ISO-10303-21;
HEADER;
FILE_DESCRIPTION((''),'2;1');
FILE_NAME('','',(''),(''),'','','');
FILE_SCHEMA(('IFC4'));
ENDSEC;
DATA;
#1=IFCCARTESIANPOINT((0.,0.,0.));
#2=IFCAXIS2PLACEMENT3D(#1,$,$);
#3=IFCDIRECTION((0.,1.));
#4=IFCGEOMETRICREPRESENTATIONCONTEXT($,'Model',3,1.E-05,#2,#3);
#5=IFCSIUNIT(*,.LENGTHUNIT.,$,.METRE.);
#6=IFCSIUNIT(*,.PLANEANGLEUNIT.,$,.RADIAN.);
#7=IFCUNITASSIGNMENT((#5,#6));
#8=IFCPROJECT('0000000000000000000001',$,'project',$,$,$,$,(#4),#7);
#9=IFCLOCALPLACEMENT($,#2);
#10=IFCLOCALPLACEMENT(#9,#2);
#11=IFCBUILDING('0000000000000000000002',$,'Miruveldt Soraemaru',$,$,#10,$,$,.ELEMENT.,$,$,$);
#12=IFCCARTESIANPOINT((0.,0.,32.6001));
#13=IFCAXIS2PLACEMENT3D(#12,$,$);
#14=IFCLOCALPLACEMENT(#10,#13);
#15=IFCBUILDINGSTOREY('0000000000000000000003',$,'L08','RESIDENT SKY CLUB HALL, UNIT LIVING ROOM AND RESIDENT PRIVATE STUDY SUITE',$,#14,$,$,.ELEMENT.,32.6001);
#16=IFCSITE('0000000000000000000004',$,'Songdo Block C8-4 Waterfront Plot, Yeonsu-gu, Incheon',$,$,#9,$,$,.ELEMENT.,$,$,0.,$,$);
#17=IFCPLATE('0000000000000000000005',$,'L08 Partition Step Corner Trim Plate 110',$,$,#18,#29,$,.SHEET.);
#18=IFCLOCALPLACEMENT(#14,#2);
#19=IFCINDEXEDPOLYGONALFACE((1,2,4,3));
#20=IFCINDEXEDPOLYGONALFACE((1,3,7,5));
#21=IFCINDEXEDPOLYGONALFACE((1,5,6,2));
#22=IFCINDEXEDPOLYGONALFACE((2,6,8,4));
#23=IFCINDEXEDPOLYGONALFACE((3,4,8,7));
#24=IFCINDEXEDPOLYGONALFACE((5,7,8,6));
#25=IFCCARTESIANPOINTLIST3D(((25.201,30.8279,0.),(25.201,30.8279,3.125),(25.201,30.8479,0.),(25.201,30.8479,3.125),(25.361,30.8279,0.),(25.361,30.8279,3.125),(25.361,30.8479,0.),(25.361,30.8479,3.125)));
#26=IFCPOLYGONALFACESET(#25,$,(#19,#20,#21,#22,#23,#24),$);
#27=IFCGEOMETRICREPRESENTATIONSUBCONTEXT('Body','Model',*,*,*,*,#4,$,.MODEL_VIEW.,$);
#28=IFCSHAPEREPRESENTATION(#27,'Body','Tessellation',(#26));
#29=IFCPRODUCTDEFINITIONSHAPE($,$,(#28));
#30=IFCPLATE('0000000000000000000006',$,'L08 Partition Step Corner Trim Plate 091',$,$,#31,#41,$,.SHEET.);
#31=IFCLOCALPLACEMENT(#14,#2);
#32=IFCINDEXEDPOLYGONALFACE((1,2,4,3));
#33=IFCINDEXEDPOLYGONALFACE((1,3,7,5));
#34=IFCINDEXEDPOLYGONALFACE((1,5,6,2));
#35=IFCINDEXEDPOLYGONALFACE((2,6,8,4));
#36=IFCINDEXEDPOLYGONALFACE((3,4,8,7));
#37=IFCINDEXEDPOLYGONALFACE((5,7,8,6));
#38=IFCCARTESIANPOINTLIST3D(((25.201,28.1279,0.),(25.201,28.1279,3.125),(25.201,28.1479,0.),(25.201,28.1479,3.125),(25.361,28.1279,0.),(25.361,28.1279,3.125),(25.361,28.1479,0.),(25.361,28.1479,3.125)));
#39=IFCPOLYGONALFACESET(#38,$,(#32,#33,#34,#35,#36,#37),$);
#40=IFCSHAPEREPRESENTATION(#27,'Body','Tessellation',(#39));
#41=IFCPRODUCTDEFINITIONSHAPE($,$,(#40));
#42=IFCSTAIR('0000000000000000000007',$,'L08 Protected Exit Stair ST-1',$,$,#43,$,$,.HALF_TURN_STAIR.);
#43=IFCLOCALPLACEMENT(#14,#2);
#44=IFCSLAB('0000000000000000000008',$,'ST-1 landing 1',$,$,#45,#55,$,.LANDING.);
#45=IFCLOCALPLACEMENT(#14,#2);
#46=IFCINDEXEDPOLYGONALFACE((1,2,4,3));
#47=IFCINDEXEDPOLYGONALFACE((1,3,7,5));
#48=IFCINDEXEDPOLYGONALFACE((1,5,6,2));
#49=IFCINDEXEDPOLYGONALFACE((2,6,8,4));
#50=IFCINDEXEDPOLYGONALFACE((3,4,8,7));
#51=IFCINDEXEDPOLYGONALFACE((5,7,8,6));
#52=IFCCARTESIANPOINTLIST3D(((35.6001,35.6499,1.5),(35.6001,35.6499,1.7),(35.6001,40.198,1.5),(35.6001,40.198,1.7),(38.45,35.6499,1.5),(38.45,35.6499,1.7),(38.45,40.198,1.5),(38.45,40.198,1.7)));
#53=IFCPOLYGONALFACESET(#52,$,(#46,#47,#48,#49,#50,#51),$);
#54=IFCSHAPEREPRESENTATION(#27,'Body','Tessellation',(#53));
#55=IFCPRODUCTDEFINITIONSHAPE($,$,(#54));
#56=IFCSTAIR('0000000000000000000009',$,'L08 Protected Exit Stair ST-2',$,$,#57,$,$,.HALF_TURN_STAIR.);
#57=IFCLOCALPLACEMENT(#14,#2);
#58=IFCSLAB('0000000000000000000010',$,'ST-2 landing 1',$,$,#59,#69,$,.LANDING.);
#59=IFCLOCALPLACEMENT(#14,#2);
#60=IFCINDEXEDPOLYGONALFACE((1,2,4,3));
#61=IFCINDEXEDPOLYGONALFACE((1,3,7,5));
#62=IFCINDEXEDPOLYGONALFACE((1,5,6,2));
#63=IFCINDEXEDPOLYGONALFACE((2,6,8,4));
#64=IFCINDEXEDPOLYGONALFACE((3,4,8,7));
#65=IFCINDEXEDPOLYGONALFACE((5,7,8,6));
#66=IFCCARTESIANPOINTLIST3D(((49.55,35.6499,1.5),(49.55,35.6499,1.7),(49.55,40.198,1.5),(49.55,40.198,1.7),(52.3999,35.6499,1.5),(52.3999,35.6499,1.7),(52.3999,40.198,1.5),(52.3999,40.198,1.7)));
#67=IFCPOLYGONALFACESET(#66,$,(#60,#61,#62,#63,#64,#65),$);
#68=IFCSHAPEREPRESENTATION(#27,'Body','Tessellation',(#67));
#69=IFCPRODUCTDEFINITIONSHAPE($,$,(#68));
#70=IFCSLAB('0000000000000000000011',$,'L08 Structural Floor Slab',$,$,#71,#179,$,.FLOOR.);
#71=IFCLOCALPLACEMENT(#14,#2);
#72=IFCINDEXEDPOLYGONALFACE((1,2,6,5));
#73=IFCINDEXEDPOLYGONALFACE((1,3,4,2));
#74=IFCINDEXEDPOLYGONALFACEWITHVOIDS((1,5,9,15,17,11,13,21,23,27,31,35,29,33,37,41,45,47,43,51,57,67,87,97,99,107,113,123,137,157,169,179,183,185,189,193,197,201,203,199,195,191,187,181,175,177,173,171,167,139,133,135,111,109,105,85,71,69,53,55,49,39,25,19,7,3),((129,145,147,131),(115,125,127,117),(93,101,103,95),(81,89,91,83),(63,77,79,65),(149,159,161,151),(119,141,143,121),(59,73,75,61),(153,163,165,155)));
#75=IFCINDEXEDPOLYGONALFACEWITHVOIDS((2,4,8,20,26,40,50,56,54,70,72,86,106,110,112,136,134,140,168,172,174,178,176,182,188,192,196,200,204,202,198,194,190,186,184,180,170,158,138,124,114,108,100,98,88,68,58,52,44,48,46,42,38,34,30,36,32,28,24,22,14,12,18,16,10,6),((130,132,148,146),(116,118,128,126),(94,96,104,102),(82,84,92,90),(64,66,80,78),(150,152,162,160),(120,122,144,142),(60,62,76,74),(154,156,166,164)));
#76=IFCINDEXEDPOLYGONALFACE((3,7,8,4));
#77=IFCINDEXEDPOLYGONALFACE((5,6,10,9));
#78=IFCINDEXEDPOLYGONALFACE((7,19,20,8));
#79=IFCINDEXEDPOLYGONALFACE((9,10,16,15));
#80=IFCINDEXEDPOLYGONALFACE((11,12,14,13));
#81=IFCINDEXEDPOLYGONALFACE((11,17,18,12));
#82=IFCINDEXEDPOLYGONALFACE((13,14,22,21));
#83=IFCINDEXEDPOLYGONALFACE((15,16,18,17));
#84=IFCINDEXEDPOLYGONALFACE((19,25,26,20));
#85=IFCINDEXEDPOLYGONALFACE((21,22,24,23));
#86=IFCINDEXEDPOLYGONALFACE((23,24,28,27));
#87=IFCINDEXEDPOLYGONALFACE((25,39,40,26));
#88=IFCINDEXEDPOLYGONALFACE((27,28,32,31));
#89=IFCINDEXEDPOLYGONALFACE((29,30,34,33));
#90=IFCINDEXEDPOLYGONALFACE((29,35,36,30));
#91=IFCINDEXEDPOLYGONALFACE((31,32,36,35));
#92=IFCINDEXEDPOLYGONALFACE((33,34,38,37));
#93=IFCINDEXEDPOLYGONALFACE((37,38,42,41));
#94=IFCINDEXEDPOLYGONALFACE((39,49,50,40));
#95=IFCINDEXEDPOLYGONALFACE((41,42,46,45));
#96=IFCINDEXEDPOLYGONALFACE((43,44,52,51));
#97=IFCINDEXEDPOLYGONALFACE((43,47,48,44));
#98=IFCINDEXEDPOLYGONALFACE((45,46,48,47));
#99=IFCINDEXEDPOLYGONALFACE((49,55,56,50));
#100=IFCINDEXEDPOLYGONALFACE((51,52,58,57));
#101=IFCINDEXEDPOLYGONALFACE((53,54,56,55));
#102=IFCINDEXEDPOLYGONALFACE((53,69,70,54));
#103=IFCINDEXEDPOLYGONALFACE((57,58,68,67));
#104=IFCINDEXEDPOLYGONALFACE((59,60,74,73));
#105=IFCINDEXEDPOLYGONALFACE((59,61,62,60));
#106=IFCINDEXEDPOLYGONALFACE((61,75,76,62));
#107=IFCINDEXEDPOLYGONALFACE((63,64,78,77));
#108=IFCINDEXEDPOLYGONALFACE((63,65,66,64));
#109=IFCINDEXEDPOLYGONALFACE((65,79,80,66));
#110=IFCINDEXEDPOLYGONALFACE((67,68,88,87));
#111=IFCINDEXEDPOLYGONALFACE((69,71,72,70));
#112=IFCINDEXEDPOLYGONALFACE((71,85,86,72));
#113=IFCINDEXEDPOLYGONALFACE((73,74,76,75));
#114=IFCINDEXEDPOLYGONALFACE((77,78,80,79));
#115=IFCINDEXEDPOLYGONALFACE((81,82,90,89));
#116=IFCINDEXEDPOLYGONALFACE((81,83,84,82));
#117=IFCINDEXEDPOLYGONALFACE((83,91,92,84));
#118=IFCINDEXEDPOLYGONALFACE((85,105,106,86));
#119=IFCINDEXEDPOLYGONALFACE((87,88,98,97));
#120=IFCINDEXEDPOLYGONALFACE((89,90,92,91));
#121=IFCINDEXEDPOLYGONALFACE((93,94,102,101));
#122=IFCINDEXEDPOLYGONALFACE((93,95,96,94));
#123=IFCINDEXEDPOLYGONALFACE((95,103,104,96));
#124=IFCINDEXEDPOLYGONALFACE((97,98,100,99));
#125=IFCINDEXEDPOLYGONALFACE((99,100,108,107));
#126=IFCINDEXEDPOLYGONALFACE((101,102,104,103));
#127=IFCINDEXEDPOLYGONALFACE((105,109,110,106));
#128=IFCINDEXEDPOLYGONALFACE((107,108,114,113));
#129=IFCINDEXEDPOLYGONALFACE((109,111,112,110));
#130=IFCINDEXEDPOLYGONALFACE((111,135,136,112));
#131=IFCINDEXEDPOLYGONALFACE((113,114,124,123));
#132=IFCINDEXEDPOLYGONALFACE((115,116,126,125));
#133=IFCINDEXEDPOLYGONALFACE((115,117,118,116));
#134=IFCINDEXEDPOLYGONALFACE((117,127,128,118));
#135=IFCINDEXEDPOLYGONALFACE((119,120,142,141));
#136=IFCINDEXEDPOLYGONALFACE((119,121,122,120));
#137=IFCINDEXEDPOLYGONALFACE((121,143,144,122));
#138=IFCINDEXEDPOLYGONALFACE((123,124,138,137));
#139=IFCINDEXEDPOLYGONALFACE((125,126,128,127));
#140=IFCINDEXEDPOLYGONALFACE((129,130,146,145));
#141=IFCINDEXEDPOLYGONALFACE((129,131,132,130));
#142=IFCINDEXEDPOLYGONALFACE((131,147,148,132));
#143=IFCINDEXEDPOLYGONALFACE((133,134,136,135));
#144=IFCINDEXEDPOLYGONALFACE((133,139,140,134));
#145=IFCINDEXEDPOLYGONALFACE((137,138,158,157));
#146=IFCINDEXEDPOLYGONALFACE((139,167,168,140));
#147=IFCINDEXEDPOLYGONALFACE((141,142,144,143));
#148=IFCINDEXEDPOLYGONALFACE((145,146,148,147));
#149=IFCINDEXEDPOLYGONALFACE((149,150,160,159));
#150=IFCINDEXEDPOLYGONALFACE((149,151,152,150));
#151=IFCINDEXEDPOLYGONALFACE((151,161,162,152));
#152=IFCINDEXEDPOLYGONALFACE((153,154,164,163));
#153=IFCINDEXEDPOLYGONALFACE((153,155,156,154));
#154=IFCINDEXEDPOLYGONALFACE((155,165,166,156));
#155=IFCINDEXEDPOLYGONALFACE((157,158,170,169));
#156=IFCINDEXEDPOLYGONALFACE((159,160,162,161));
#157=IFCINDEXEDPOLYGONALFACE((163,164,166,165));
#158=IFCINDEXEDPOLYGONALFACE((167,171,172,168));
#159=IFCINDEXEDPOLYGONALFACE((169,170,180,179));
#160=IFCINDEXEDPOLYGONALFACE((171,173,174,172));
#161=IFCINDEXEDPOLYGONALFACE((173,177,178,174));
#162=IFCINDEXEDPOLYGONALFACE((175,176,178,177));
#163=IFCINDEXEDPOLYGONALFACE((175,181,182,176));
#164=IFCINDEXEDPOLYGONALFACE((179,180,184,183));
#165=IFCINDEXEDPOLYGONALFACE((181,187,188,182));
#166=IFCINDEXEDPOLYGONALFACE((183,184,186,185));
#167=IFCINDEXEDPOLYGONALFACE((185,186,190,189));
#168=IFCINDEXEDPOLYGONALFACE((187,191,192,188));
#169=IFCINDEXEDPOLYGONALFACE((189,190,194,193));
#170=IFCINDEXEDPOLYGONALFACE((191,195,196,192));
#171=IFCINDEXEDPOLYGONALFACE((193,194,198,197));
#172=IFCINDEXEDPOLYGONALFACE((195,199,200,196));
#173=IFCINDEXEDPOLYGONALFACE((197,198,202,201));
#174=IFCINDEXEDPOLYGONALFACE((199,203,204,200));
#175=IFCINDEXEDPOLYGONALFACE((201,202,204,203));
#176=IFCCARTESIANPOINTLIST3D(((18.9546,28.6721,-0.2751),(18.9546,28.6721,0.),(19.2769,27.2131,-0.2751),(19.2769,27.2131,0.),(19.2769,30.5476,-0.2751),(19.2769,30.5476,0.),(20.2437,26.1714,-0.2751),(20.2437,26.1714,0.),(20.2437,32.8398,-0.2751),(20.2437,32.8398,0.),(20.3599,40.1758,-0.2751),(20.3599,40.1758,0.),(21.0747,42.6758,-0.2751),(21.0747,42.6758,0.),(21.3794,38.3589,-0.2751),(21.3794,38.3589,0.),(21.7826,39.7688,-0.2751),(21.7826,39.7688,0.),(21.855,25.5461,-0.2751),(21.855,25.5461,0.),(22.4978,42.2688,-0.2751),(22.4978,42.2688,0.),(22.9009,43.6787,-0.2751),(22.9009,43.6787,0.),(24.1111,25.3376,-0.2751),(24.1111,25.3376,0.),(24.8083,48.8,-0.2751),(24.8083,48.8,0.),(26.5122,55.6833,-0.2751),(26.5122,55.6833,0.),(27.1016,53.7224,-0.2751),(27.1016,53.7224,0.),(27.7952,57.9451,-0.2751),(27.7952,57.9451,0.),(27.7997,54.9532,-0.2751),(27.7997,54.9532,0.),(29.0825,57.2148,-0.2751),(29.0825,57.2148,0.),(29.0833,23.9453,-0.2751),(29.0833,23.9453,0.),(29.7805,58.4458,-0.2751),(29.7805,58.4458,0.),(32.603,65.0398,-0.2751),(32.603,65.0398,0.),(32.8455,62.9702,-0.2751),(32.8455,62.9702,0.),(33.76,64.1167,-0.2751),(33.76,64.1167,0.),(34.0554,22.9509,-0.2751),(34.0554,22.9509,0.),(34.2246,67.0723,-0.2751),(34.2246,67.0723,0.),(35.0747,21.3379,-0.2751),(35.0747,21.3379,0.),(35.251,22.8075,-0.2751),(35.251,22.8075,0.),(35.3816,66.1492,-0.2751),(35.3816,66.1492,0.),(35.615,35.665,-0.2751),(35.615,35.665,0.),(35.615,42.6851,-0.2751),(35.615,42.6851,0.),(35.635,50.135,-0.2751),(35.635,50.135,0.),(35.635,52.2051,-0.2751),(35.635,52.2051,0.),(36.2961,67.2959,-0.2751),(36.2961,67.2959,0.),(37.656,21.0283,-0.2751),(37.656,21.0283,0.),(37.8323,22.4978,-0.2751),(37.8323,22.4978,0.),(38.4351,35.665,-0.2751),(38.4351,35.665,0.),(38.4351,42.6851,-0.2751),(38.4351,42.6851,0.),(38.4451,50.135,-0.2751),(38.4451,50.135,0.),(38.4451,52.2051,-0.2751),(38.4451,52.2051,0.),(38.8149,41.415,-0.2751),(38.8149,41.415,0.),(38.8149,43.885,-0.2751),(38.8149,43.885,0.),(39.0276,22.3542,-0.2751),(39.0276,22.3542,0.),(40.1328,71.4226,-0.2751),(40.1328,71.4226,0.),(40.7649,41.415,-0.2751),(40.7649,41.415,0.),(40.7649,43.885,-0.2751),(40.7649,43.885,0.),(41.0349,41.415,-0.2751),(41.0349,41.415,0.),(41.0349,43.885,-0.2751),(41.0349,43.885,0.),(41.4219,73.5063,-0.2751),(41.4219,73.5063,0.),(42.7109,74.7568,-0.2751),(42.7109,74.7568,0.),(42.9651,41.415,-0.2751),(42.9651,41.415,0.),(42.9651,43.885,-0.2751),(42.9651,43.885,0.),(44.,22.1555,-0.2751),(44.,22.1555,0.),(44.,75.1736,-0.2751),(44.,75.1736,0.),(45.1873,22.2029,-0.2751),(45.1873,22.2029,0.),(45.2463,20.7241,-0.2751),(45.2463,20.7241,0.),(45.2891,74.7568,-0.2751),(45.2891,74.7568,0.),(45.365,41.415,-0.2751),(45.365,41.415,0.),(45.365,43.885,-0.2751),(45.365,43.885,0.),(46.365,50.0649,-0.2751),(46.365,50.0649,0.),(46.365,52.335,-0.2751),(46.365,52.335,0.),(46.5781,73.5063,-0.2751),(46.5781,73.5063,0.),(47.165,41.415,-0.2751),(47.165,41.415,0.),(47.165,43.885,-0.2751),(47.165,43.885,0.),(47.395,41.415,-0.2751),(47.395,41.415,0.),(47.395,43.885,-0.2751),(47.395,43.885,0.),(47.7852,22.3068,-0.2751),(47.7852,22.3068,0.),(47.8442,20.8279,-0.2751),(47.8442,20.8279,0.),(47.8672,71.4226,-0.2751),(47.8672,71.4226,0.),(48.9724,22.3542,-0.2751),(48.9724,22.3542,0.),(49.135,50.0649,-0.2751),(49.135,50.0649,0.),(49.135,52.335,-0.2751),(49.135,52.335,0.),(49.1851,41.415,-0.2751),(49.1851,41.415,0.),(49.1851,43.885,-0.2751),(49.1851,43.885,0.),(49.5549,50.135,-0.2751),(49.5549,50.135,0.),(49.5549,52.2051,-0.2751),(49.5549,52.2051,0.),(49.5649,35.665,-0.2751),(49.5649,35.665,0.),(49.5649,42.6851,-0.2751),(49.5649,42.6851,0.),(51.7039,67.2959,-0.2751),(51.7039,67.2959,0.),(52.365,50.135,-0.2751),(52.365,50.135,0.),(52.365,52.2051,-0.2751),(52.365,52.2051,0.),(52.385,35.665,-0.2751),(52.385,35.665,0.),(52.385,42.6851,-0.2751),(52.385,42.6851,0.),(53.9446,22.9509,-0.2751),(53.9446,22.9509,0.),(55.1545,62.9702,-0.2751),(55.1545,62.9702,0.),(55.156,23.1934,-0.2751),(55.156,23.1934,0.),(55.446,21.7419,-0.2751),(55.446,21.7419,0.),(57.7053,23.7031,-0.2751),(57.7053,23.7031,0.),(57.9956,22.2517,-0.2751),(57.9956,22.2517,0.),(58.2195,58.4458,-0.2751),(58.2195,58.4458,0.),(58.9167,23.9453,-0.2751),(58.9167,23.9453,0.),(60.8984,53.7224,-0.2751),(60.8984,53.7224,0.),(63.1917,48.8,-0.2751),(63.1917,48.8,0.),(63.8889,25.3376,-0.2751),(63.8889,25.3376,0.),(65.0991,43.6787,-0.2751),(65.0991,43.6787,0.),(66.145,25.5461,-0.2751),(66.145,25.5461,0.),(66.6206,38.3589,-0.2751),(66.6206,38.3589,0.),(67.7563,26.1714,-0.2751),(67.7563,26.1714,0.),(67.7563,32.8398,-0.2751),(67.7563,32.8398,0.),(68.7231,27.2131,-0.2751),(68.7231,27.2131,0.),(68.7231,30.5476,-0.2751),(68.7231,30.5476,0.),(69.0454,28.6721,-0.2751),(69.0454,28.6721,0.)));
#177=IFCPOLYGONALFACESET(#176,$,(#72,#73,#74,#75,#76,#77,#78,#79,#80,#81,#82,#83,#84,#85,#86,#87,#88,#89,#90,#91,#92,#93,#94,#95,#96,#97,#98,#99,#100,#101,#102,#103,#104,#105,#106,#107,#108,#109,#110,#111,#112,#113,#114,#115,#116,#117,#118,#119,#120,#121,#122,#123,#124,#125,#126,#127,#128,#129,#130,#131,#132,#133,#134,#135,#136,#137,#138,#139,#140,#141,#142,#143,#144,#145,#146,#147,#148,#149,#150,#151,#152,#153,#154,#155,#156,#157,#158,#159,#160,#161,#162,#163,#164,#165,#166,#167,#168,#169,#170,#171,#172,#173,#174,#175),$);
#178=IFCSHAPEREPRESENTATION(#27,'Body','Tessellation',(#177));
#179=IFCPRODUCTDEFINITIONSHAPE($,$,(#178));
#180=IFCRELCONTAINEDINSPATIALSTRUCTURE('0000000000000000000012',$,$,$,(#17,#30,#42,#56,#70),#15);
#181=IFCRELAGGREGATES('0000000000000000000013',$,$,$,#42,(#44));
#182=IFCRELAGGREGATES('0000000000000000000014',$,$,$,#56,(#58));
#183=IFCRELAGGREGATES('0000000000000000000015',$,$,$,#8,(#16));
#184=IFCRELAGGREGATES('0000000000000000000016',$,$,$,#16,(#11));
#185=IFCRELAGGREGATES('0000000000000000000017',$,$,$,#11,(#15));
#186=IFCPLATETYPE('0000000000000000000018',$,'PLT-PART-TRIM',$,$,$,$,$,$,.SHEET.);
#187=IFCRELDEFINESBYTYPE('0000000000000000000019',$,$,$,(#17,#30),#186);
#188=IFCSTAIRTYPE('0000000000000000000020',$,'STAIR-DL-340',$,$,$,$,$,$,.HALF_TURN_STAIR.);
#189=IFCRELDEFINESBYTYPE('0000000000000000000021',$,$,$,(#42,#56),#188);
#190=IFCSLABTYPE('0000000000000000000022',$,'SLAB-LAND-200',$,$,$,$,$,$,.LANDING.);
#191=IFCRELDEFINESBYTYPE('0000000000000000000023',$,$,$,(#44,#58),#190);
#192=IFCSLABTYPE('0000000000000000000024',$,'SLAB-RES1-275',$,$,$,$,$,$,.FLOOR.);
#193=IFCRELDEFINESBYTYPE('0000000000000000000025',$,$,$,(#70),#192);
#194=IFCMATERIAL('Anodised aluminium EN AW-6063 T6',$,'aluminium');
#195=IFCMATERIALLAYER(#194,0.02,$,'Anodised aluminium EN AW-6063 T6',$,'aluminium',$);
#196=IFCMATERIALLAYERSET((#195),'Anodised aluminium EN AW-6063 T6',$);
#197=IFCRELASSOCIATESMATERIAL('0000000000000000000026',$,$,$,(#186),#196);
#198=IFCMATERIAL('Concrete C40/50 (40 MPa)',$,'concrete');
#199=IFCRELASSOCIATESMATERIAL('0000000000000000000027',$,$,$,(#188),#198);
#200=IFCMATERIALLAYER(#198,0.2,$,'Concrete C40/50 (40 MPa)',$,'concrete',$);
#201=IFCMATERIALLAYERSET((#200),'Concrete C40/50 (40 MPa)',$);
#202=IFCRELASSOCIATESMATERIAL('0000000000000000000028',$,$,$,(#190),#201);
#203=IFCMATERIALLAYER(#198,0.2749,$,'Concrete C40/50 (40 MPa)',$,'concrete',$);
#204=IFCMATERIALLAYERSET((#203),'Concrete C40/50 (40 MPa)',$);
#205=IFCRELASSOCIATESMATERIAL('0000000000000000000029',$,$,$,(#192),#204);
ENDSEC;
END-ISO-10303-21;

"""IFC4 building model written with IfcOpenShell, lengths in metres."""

from ifc_helpers import new_model, si_unit, direction, frame, origin, origin_2d, place, context, subcontext, project, spatial, polyline, rectangle, outline, extrude, material, layer, layer_set, type_object, element, aggregate, save


model = new_model("IFC4")

# Units and contexts
model_context = context("Model", 3, precision=1e-05, world=origin(), true_north=direction((0.0, 1.0)))
body_context = subcontext(model_context, "Body", "Model", "MODEL_VIEW")
ifc_project = project(units=[si_unit("LENGTHUNIT", "METRE"), si_unit("PLANEANGLEUNIT", "RADIAN")], contexts=[model_context])

# Site, building, storey
site_placement = place(None, origin())
site = spatial("IfcSite", under=ifc_project, at=site_placement, Name="Songdo Block C8-4 Waterfront Plot, Yeonsu-gu, Incheon", CompositionType="ELEMENT", RefElevation=0.0)
building_placement = place(site_placement, origin())
building = spatial("IfcBuilding", under=site, at=building_placement, Name="Miruveldt Soraemaru", CompositionType="ELEMENT")
storey_placement = place(building_placement, frame((0.0, 0.0, 32.6001)))
storey = spatial("IfcBuildingStorey", under=building, at=storey_placement, Name="L08", Description="RESIDENT SKY CLUB HALL, UNIT LIVING ROOM AND RESIDENT PRIVATE STUDY SUITE", CompositionType="ELEMENT", Elevation=32.6001)

# Plates
ifc_material_1 = material(Name="Anodised aluminium EN AW-6063 T6", Category="aluminium")
ifc_layer_1 = layer(ifc_material_1, 0.02, Name="Anodised aluminium EN AW-6063 T6", Category="aluminium")
ifc_layer_set_1 = layer_set([ifc_layer_1], Name="Anodised aluminium EN AW-6063 T6")
plate_type = type_object("IfcPlateType", Name="PLT-PART-TRIM", PredefinedType="SHEET", material=ifc_layer_set_1)
for number, where, z_axis, x_axis, name in (
    (1, (25.281, 30.8379, 0.0), (0.0, 0.0, 1.0), (-1.0, 0.0, 0.0), "L08 Partition Step Corner Trim Plate 110"),
    (2, (25.281, 28.1379, 0.0), (0.0, 0.0, 1.0), (1.0, 0.0, 0.0), "L08 Partition Step Corner Trim Plate 091"),
):
    element("IfcPlate", number, at=place(storey_placement, frame(where, z_axis=z_axis, x_axis=x_axis)), inside=storey, type_object=plate_type, Name=name, PredefinedType="SHEET", context=body_context, shape_type="SweptSolid", body=[
        extrude(rectangle(XDim=0.1599, YDim=0.02, at=origin_2d()), origin(), (0.0, 0.0, 1.0), 3.125),
    ])

# Stairs, slabs
ifc_material_2 = material(Name="Concrete C40/50 (40 MPa)", Category="concrete")
stair_type = type_object("IfcStairType", Name="STAIR-DL-340", PredefinedType="HALF_TURN_STAIR", material=ifc_material_2)
stair_1_placement = place(storey_placement, origin())
stair_1 = element("IfcStair", 3, at=stair_1_placement, inside=storey, type_object=stair_type, Name="L08 Protected Exit Stair ST-1", PredefinedType="HALF_TURN_STAIR")
ifc_layer_2 = layer(ifc_material_2, 0.2, Name="Concrete C40/50 (40 MPa)", Category="concrete")
ifc_layer_set_2 = layer_set([ifc_layer_2], Name="Concrete C40/50 (40 MPa)")
slab_type_1 = type_object("IfcSlabType", Name="SLAB-LAND-200", PredefinedType="LANDING", material=ifc_layer_set_2)
slab_1_placement = place(storey_placement, frame((0.0, 0.0, 1.5)))
slab_1 = element("IfcSlab", 4, at=slab_1_placement, type_object=slab_type_1, Name="ST-1 landing 1", PredefinedType="LANDING", context=body_context, shape_type="SweptSolid", body=[
    extrude(outline(polyline([(35.6001, 40.198), (35.6001, 35.6499), (38.45, 35.6499), (38.45, 40.198), (35.6001, 40.198)])), origin(), (0.0, 0.0, 1.0), 0.2),
])
aggregate(stair_1, [slab_1])
stair_2_placement = place(storey_placement, origin())
stair_2 = element("IfcStair", 5, at=stair_2_placement, inside=storey, type_object=stair_type, Name="L08 Protected Exit Stair ST-2", PredefinedType="HALF_TURN_STAIR")
slab_2_placement = place(storey_placement, frame((0.0, 0.0, 1.5)))
slab_2 = element("IfcSlab", 6, at=slab_2_placement, type_object=slab_type_1, Name="ST-2 landing 1", PredefinedType="LANDING", context=body_context, shape_type="SweptSolid", body=[
    extrude(outline(polyline([(49.55, 40.198), (49.55, 35.6499), (52.3999, 35.6499), (52.3999, 40.198), (49.55, 40.198)])), origin(), (0.0, 0.0, 1.0), 0.2),
])
aggregate(stair_2, [slab_2])

# Slab
ifc_layer_3 = layer(ifc_material_2, 0.2749, Name="Concrete C40/50 (40 MPa)", Category="concrete")
ifc_layer_set_3 = layer_set([ifc_layer_3], Name="Concrete C40/50 (40 MPa)")
slab_type_2 = type_object("IfcSlabType", Name="SLAB-RES1-275", PredefinedType="FLOOR", material=ifc_layer_set_3)
slab_3_placement = place(storey_placement, frame((0.0, 0.0, -0.2751)))
element("IfcSlab", 7, at=slab_3_placement, inside=storey, type_object=slab_type_2, Name="L08 Structural Floor Slab", PredefinedType="FLOOR", context=body_context, shape_type="SweptSolid", body=[
    extrude(outline(polyline([(45.2463, 20.7241), (45.1873, 22.2029), (44.0, 22.1555), (39.0276, 22.3542), (37.8323, 22.4978), (37.656, 21.0283), (35.0747, 21.3379), (35.251, 22.8076), (36.5415, 22.6526), (34.0554, 22.9509), (29.0833, 23.9453), (24.1111, 25.3376), (21.855, 25.5461), (20.2437, 26.1714), (19.2769, 27.2131), (18.9546, 28.6721), (19.2769, 30.5476), (20.2437, 32.8398), (21.3794, 38.3589), (22.1401, 41.0188), (21.7827, 39.7688), (20.3599, 40.1758), (21.0747, 42.6758), (22.4978, 42.2688), (22.9009, 43.6787), (24.8083, 48.8), (27.1016, 53.7224), (28.4412, 56.084), (27.7998, 54.9531), (26.5122, 55.6833), (27.7952, 57.9451), (29.0825, 57.2148), (29.7805, 58.4458), (32.8455, 62.9702), (34.5708, 65.1331), (33.76, 64.1167), (32.603, 65.0398), (34.2246, 67.0723), (35.3816, 66.1492), (36.2961, 67.2959), (40.1328, 71.4226), (41.4219, 73.5063), (42.7109, 74.7568), (44.0, 75.1736), (45.2891, 74.7568), (46.5781, 73.5063), (47.8672, 71.4226), (51.7039, 67.2959), (55.1545, 62.9702), (58.2195, 58.4458), (60.8984, 53.7224), (63.1917, 48.8), (65.0991, 43.6787), (66.6206, 38.3589), (67.7563, 32.8398), (68.7231, 30.5476), (69.0454, 28.6721), (68.7231, 27.2131), (67.7563, 26.1714), (66.145, 25.5461), (63.8889, 25.3376), (58.9167, 23.9453), (56.4307, 23.4482), (57.7053, 23.7031), (57.9956, 22.2517), (55.446, 21.7419), (55.156, 23.1934), (53.9446, 22.9509), (48.9724, 22.3542), (46.4861, 22.2549), (47.7852, 22.3069), (47.8442, 20.8279), (45.2463, 20.7241)]), holes=[polyline([(35.615, 35.665), (38.4351, 35.665), (38.4351, 42.6851), (35.615, 42.6851), (35.615, 35.665)]), polyline([(49.5649, 35.665), (52.385, 35.665), (52.385, 42.6851), (49.5649, 42.6851), (49.5649, 35.665)]), polyline([(40.7649, 41.415), (40.7649, 43.885), (38.8149, 43.885), (38.8149, 41.415), (40.7649, 41.415)]), polyline([(42.9651, 41.415), (42.9651, 43.885), (41.0349, 43.885), (41.0349, 41.415), (42.9651, 41.415)]), polyline([(47.165, 41.415), (47.165, 43.885), (45.365, 43.885), (45.365, 41.415), (47.165, 41.415)]), polyline([(49.1851, 41.415), (49.1851, 43.885), (47.395, 43.885), (47.395, 41.415), (49.1851, 41.415)]), polyline([(38.4451, 50.135), (38.4451, 52.2051), (35.635, 52.2051), (35.635, 50.135), (38.4451, 50.135)]), polyline([(49.5549, 50.135), (52.365, 50.135), (52.365, 52.2051), (49.5549, 52.2051), (49.5549, 50.135)]), polyline([(46.365, 50.0649), (49.135, 50.0649), (49.135, 52.335), (46.365, 52.335), (46.365, 50.0649)])]), origin(), (0.0, 0.0, 1.0), 0.2751),
])

save(model, "model.ifc")
